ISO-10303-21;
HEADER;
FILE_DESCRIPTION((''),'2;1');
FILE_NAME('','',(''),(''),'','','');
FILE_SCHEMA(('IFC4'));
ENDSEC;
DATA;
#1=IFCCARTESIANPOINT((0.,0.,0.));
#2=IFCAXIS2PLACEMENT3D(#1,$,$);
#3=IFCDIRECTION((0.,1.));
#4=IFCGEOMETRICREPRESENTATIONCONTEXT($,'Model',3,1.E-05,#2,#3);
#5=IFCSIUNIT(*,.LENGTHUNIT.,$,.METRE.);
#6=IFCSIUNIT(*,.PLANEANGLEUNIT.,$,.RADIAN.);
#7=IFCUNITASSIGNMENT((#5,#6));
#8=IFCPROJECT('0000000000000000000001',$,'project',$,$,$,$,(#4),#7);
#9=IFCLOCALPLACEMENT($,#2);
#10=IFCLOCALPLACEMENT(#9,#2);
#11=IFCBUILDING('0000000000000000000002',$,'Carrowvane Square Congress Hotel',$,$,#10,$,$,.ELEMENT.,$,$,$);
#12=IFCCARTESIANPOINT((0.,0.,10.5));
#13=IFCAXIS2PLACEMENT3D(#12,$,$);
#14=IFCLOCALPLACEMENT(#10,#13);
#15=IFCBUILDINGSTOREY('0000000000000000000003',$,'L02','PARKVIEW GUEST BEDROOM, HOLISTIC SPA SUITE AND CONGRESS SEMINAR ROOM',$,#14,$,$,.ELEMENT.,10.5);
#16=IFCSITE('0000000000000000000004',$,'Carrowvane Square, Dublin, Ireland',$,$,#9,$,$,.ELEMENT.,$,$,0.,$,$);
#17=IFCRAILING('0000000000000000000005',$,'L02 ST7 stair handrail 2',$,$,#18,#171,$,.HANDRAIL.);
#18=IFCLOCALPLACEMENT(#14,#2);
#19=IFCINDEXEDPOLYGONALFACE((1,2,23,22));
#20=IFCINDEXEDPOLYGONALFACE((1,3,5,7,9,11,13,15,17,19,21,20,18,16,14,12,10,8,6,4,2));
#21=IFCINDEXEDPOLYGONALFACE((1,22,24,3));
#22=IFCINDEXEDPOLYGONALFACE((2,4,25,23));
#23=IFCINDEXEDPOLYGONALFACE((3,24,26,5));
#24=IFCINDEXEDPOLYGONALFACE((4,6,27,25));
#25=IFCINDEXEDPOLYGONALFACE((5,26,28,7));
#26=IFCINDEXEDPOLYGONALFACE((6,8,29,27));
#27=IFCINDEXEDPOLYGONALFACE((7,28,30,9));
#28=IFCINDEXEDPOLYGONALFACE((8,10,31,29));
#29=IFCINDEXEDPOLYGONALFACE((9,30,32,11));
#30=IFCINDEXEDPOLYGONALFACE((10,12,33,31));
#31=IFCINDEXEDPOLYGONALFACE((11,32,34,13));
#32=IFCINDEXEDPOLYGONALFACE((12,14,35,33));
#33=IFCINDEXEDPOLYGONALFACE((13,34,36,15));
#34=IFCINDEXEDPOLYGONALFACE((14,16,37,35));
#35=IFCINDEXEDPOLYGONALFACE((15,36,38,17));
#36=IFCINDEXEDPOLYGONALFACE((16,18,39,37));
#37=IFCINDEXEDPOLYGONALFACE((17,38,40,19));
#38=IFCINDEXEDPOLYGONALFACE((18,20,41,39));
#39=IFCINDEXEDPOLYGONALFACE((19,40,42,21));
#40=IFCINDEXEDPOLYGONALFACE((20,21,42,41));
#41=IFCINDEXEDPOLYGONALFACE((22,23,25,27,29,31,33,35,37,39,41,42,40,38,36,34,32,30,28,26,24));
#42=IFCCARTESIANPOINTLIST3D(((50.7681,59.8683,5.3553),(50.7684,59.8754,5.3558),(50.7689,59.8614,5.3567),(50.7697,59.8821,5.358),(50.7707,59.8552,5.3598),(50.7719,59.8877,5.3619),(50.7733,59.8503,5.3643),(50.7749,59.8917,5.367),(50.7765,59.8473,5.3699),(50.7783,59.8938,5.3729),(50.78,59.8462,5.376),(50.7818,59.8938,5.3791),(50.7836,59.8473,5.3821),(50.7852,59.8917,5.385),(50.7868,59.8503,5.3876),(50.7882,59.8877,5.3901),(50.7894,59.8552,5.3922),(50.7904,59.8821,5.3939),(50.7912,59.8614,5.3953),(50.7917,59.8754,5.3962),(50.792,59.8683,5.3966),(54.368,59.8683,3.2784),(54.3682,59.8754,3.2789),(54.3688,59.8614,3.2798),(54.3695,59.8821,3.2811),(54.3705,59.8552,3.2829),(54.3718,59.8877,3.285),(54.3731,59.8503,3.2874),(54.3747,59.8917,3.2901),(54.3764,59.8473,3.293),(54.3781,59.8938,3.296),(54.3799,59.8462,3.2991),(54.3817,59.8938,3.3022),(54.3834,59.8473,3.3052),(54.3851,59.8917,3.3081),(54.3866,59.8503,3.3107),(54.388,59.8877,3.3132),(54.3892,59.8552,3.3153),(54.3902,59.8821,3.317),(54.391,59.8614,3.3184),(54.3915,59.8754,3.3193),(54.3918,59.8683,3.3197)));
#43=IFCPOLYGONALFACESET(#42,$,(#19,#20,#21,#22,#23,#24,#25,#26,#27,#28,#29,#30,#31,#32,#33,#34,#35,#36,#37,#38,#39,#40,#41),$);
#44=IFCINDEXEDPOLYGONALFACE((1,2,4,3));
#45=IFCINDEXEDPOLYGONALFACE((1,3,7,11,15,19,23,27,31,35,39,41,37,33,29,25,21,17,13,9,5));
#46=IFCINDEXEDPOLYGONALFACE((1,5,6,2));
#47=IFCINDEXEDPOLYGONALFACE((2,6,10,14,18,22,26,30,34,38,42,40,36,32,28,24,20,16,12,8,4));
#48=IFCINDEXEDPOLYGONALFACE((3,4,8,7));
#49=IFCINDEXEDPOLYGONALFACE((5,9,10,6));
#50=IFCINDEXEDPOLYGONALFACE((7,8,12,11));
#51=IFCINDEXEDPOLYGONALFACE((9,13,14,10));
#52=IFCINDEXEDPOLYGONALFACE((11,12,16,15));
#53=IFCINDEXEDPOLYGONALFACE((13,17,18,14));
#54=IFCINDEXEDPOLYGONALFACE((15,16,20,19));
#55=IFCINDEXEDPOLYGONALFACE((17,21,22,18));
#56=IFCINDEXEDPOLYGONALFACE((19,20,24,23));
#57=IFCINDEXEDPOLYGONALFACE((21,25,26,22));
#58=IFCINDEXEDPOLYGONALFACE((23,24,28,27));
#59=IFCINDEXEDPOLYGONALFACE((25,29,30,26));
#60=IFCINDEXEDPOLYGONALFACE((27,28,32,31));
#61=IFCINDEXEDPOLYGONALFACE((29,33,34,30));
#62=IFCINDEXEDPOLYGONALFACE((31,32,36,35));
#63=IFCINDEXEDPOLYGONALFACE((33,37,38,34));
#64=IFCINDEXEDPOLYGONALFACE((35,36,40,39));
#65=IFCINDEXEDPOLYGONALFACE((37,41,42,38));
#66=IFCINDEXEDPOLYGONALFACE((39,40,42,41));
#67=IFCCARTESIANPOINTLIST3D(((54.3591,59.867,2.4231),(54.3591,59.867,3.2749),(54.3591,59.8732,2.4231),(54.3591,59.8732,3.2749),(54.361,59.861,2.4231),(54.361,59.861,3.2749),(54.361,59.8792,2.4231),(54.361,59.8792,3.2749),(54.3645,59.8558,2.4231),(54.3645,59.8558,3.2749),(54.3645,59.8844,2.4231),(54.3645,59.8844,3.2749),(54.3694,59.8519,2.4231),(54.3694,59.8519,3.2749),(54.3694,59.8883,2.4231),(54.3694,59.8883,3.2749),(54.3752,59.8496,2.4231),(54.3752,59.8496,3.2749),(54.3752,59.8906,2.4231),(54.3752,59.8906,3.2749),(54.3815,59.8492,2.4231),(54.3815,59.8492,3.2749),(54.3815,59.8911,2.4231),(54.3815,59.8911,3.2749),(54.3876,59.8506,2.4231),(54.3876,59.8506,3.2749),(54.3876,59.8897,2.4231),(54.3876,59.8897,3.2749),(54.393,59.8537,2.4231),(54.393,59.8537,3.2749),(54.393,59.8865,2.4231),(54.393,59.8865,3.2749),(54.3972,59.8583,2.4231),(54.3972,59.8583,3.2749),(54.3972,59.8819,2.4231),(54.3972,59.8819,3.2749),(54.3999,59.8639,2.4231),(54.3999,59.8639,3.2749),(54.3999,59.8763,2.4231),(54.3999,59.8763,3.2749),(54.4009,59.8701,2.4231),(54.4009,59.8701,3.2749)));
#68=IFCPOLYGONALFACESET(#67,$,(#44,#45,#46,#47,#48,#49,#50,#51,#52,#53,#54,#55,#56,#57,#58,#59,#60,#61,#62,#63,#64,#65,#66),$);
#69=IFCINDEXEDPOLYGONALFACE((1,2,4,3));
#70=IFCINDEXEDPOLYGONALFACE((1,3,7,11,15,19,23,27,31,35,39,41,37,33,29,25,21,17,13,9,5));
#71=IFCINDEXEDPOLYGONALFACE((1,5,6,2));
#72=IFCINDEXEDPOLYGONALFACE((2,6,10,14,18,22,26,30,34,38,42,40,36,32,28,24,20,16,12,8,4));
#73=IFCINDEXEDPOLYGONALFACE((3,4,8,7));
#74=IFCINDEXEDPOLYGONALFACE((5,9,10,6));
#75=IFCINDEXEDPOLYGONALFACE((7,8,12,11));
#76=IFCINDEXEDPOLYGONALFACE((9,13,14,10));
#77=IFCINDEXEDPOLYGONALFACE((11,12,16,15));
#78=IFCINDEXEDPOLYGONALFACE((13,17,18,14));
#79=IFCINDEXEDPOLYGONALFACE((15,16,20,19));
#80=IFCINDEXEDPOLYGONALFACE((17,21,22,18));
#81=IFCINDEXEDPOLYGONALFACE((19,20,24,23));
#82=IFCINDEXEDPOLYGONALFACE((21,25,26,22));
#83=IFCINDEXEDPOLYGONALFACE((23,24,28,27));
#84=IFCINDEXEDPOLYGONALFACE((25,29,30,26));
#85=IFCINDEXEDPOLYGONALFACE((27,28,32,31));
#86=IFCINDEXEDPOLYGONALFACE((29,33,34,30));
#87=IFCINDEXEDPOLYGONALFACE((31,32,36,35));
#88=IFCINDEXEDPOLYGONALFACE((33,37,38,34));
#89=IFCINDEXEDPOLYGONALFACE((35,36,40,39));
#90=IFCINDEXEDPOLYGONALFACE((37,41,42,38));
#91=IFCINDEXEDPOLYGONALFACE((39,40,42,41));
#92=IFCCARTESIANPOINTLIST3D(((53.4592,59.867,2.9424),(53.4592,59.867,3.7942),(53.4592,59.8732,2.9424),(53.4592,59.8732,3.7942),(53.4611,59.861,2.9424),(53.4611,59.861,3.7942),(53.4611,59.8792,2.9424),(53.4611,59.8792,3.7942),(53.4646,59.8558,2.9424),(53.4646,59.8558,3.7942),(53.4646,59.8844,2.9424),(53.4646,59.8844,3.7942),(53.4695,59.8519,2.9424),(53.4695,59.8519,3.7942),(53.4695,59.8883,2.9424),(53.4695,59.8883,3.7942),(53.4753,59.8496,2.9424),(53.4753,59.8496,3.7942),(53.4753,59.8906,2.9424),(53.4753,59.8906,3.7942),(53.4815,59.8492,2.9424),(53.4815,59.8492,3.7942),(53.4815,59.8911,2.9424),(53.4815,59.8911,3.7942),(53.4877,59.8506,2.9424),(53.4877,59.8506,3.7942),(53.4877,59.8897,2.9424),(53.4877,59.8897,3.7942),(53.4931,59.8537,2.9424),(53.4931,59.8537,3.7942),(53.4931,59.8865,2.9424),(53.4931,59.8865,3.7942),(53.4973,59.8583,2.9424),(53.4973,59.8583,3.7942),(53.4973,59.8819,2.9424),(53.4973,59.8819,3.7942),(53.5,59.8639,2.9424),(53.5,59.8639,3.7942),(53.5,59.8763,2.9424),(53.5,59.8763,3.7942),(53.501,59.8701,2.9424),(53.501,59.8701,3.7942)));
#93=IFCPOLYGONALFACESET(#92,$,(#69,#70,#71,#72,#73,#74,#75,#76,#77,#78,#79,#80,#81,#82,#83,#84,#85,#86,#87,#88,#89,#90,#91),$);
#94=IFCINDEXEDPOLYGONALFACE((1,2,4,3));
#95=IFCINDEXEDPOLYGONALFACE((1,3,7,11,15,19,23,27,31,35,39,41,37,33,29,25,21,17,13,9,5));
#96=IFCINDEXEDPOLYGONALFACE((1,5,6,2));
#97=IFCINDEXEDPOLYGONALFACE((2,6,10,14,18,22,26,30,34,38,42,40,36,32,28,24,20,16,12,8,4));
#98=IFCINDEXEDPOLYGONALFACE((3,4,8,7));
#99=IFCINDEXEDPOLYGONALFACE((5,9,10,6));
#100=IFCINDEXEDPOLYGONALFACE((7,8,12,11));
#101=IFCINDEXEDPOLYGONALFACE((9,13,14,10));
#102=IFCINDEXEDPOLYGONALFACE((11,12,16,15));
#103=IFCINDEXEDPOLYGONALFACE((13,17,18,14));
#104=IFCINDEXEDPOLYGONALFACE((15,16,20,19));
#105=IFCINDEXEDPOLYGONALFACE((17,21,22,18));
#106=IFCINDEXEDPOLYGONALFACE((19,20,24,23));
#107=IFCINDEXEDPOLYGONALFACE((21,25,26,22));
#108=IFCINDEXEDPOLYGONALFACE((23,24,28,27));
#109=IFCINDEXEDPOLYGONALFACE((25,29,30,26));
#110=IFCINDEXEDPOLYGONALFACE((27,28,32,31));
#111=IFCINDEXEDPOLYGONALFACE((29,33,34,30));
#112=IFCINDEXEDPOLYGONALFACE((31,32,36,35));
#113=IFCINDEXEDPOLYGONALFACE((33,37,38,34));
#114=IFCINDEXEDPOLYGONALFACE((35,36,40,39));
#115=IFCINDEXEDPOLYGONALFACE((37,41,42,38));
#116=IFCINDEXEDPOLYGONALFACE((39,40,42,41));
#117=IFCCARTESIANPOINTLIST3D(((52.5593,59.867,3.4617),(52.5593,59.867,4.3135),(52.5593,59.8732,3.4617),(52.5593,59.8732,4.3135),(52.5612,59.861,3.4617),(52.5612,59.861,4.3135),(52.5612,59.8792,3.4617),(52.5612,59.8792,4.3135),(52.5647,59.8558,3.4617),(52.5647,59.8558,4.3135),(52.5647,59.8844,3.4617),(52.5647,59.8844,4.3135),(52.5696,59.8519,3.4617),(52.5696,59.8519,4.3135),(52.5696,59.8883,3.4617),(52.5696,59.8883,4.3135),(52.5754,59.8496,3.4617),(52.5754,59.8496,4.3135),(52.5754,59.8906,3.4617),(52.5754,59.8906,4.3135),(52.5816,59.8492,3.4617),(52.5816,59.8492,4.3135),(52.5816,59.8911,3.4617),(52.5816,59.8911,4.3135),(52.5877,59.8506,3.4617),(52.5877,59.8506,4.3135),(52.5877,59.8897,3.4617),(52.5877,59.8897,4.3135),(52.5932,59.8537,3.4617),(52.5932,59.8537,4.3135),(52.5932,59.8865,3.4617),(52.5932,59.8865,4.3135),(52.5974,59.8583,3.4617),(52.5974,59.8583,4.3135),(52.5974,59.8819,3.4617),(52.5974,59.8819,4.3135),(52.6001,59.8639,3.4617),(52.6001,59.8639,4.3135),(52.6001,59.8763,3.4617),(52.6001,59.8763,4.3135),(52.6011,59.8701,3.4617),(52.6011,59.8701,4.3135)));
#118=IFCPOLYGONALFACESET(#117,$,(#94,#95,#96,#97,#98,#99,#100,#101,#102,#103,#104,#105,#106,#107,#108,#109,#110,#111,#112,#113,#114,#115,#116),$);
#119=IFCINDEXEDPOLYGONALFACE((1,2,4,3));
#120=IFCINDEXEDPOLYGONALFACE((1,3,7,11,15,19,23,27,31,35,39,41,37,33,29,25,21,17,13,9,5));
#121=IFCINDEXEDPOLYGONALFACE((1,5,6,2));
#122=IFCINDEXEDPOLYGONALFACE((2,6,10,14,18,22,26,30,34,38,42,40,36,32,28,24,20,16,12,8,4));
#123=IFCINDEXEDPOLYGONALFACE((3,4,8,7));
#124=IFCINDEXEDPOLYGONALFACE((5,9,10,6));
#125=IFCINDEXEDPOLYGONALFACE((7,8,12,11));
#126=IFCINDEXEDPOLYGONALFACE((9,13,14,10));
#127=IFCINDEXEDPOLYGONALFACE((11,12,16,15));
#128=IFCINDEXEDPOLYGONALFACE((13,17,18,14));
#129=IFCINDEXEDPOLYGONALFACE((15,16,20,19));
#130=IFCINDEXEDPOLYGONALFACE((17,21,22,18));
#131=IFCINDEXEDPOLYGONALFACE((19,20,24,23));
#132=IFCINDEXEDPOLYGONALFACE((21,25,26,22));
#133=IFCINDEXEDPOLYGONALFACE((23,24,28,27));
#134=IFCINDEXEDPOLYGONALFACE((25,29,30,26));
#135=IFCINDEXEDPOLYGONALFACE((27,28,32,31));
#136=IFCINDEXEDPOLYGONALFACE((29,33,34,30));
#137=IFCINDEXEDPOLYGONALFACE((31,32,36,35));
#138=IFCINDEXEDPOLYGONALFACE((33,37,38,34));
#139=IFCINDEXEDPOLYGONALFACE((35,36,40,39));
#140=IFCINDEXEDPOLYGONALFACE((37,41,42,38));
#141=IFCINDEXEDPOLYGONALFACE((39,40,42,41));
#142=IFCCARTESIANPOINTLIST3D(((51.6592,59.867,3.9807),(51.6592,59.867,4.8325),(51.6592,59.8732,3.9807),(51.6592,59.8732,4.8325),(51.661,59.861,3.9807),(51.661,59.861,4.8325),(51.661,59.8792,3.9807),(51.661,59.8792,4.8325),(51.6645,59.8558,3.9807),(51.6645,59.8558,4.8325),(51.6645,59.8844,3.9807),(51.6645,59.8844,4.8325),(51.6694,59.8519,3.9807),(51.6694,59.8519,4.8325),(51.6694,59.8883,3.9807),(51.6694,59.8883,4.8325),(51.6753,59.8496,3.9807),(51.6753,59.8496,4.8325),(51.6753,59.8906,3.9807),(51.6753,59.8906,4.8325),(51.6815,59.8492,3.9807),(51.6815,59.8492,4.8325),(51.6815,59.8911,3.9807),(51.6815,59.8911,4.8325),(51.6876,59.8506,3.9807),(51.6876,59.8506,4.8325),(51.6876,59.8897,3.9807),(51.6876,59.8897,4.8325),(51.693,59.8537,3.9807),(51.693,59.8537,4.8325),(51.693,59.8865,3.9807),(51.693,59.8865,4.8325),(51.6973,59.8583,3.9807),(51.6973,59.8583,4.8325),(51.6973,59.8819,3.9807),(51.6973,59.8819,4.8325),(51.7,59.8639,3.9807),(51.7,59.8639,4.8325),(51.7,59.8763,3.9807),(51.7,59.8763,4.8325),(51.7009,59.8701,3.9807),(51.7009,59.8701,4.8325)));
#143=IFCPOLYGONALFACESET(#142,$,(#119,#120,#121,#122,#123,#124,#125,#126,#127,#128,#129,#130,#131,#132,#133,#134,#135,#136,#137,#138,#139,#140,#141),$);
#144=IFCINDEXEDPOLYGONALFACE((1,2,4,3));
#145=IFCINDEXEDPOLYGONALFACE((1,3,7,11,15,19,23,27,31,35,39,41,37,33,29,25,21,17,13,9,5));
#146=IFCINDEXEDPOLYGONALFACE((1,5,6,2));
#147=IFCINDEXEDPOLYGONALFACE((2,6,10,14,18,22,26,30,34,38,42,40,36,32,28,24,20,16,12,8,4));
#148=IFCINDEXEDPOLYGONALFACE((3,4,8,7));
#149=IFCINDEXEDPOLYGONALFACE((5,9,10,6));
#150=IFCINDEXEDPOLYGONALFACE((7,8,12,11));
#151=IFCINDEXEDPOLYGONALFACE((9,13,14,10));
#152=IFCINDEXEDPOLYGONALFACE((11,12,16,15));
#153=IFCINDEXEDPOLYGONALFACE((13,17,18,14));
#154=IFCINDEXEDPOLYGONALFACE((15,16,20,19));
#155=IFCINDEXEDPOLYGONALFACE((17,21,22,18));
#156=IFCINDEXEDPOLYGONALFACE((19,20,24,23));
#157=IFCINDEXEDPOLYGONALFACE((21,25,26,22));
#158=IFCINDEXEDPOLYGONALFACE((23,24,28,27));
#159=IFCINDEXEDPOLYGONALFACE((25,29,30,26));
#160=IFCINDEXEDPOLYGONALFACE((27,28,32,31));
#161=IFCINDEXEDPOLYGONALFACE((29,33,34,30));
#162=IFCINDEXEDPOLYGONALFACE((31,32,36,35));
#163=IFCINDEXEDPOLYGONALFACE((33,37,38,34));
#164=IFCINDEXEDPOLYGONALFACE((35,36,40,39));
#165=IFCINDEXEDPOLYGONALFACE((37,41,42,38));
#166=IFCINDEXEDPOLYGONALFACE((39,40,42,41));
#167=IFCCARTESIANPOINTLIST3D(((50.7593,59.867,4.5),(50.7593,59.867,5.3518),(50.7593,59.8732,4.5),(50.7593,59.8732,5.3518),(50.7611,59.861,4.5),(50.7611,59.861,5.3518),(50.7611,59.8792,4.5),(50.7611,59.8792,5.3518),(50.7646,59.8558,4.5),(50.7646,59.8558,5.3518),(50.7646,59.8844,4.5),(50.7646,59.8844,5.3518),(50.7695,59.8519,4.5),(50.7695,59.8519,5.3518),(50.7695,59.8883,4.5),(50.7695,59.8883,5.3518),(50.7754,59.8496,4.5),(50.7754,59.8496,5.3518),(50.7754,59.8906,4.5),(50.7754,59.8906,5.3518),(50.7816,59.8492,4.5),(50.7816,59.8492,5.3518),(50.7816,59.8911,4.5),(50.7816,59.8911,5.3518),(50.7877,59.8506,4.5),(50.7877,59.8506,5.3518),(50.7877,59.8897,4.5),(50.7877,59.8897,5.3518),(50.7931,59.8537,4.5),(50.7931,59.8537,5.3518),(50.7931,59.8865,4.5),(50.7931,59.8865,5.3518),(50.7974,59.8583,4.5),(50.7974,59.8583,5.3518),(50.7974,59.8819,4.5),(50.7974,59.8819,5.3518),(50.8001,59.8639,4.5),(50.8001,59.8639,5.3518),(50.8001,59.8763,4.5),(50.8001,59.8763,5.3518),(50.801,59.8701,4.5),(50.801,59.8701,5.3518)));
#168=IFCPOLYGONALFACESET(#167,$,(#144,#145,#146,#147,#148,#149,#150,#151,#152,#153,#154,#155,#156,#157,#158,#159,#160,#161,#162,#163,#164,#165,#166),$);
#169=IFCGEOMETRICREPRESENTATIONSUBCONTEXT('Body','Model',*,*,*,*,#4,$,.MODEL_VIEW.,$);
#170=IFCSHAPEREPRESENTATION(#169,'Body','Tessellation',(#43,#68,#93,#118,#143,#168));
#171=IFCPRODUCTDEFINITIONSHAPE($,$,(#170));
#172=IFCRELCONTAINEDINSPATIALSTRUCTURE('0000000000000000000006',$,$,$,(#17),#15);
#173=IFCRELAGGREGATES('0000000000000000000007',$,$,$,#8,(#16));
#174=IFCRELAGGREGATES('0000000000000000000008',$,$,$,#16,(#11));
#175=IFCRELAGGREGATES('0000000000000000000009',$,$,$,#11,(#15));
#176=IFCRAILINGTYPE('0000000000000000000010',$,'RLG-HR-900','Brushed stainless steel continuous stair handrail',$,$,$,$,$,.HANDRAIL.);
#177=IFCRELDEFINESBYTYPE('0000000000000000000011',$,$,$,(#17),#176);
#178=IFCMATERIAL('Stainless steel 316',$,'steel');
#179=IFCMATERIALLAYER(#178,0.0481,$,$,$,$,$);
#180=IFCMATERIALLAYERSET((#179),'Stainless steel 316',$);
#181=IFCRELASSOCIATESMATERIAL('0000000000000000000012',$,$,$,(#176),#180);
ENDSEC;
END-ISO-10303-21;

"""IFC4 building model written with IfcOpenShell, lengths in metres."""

from ifc_helpers import new_model, si_unit, direction, frame, origin, origin_2d, place, context, subcontext, project, spatial, circle, extrude, material, layer, layer_set, type_object, element, save


model = new_model("IFC4")

# Units and contexts
model_context = context("Model", 3, precision=1e-05, world=origin(), true_north=direction((0.0, 1.0)))
body_context = subcontext(model_context, "Body", "Model", "MODEL_VIEW")
ifc_project = project(units=[si_unit("LENGTHUNIT", "METRE"), si_unit("PLANEANGLEUNIT", "RADIAN")], contexts=[model_context])

# Site, building, storey
site_placement = place(None, origin())
site = spatial("IfcSite", under=ifc_project, at=site_placement, Name="Carrowvane Square, Dublin, Ireland", CompositionType="ELEMENT", RefElevation=0.0)
building_placement = place(site_placement, origin())
building = spatial("IfcBuilding", under=site, at=building_placement, Name="Carrowvane Square Congress Hotel", CompositionType="ELEMENT")
storey_placement = place(building_placement, frame((0.0, 0.0, 10.5)))
storey = spatial("IfcBuildingStorey", under=building, at=storey_placement, Name="L02", Description="PARKVIEW GUEST BEDROOM, HOLISTIC SPA SUITE AND CONGRESS SEMINAR ROOM", CompositionType="ELEMENT", Elevation=10.5)

# Railing
ifc_material_1 = material(Name="Stainless steel 316", Category="steel")
ifc_layer_1 = layer(ifc_material_1, 0.0481)
ifc_layer_set_1 = layer_set([ifc_layer_1], Name="Stainless steel 316")
railing_type_1 = type_object("IfcRailingType", Name="RLG-HR-900", Description="Brushed stainless steel continuous stair handrail", PredefinedType="HANDRAIL", material=ifc_layer_set_1)
railing_1_placement = place(storey_placement, frame((54.3799, 59.8701, 2.4231)))
element("IfcRailing", 1, at=railing_1_placement, inside=storey, type_object=railing_type_1, Name="L02 ST7 stair handrail 2", PredefinedType="HANDRAIL", context=body_context, shape_type="SweptSolid", body=[
    extrude(circle(Radius=0.0239, at=origin_2d()), frame((0.0, 0.0, 0.876), z_axis=(-0.866179, 0.0, 0.499734), x_axis=(0.0, -1.0, 0.0)), (0.0, 0.0, 1.0), 4.156),
    extrude(circle(Radius=0.021, at=origin_2d()), origin(), (0.0, 0.0, 1.0), 0.8518),
    extrude(circle(Radius=0.021, at=origin_2d()), frame((-0.8999, 0.0, 0.5193)), (0.0, 0.0, 1.0), 0.8518),
    extrude(circle(Radius=0.021, at=origin_2d()), frame((-1.7998, 0.0, 1.0386)), (0.0, 0.0, 1.0), 0.8518),
    extrude(circle(Radius=0.021, at=origin_2d()), frame((-2.7, 0.0, 1.5576)), (0.0, 0.0, 1.0), 0.8518),
    extrude(circle(Radius=0.021, at=origin_2d()), frame((-3.5999, 0.0, 2.0769)), (0.0, 0.0, 1.0), 0.8518),
])

save(model, "model.ifc")
